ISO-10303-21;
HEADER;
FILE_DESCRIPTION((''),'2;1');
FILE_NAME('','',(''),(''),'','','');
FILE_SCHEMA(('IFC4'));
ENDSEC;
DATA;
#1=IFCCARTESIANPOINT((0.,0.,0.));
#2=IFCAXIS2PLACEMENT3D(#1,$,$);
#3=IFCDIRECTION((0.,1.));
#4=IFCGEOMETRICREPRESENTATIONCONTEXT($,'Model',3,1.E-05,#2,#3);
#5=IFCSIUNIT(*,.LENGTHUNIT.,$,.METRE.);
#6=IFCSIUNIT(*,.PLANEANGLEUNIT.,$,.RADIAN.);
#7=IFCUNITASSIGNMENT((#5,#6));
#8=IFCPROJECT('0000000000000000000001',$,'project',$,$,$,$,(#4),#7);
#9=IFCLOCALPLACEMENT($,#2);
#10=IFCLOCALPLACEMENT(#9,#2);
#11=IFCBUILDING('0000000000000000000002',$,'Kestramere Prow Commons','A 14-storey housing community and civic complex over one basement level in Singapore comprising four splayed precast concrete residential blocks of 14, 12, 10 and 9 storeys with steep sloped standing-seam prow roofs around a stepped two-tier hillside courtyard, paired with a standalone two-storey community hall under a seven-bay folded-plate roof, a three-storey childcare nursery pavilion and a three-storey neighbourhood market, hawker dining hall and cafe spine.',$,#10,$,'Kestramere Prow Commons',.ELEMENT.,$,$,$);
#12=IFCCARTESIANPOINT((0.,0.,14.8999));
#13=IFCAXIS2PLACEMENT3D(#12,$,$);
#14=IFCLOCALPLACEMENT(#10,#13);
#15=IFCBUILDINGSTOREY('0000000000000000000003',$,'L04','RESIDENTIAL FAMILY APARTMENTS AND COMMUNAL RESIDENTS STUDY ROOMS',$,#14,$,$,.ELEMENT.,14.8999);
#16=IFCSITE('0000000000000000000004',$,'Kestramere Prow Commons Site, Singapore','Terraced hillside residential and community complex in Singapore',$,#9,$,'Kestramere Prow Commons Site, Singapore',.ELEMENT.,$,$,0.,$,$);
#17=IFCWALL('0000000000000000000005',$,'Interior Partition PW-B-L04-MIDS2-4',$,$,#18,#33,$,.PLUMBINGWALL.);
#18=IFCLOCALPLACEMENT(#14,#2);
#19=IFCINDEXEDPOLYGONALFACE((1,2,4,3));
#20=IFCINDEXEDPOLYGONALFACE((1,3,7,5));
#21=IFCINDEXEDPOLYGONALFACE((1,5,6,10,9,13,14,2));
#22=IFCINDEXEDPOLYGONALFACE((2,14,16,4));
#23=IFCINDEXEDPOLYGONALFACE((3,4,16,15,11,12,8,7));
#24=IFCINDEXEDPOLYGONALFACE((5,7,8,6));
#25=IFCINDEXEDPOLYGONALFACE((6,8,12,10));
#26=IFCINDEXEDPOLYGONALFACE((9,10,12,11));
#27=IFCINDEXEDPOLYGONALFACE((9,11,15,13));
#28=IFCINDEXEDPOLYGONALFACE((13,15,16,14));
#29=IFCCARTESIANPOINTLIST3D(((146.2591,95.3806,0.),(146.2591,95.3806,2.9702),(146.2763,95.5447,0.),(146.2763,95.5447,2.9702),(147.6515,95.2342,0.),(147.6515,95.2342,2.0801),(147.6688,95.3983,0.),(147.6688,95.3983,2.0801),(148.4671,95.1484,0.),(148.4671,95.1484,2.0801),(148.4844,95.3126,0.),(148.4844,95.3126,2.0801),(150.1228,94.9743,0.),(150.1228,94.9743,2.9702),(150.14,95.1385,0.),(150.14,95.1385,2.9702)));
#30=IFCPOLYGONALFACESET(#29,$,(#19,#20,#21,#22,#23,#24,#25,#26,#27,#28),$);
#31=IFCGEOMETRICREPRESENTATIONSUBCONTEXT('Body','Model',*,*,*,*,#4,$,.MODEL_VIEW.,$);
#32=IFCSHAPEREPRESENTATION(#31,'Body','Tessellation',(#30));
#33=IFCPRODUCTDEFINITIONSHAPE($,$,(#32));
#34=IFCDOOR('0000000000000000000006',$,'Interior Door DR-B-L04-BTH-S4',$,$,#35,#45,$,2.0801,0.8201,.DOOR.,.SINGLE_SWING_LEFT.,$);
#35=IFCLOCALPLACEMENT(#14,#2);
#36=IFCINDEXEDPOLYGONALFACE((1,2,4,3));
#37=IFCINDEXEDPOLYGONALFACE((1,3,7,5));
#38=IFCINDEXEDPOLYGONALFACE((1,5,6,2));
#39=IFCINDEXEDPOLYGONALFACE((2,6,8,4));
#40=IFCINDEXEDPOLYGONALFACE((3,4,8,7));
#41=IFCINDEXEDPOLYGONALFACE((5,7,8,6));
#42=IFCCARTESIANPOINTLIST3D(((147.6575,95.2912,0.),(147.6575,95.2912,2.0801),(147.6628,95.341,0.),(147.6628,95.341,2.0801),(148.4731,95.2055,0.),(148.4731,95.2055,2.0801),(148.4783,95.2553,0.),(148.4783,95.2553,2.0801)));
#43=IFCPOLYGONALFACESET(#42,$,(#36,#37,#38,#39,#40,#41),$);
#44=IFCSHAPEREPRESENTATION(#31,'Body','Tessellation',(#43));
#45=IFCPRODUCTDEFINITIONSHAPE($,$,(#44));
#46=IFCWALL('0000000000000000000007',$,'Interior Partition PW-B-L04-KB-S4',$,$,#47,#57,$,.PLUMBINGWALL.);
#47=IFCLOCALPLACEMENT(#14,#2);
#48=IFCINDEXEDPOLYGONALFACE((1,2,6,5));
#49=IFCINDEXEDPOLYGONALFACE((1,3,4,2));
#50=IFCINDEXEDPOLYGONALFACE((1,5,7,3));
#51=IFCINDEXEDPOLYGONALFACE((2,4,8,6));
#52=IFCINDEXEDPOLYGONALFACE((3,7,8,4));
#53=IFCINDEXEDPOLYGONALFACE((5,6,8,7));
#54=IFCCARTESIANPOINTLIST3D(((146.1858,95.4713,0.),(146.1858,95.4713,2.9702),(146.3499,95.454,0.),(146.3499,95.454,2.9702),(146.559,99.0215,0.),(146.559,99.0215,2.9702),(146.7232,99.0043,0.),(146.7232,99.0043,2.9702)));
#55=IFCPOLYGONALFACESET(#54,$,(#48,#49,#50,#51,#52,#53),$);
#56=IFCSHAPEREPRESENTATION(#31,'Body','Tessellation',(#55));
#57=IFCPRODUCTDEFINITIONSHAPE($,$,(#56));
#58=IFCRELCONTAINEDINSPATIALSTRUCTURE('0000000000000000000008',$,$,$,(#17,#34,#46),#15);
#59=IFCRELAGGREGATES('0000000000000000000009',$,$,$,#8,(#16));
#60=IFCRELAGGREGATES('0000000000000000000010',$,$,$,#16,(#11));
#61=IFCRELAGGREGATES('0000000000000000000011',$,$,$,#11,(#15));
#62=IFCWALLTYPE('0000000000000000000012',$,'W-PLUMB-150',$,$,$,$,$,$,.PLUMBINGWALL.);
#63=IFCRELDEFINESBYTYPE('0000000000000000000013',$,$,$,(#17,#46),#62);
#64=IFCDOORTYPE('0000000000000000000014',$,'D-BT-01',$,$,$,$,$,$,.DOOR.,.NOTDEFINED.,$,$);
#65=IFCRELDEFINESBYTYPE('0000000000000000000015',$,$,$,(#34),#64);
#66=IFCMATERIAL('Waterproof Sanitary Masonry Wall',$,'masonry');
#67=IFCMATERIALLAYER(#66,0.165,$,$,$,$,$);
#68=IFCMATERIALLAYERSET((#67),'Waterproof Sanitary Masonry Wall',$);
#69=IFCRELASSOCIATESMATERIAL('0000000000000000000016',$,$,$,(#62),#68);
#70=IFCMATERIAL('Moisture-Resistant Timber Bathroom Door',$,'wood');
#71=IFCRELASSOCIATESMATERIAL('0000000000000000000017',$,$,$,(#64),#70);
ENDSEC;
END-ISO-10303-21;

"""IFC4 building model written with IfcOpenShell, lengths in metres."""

from ifc_helpers import new_model, si_unit, direction, frame, frame_2d, origin, place, context, subcontext, project, spatial, rectangle, extrude, material, layer, layer_set, type_object, element, fill, save


model = new_model("IFC4")

# Units and contexts
model_context = context("Model", 3, precision=1e-05, world=origin(), true_north=direction((0.0, 1.0)))
body_context = subcontext(model_context, "Body", "Model", "MODEL_VIEW")
ifc_project = project(units=[si_unit("LENGTHUNIT", "METRE"), si_unit("PLANEANGLEUNIT", "RADIAN")], contexts=[model_context])

# Site, building, storey
site_placement = place(None, origin())
site = spatial("IfcSite", under=ifc_project, at=site_placement, Name="Kestramere Prow Commons Site, Singapore", Description="Terraced hillside residential and community complex in Singapore", LongName="Kestramere Prow Commons Site, Singapore", CompositionType="ELEMENT", RefElevation=0.0)
building_placement = place(site_placement, origin())
building = spatial("IfcBuilding", under=site, at=building_placement, Name="Kestramere Prow Commons", Description="A 14-storey housing community and civic complex over one basement level in Singapore comprising four splayed precast concrete residential blocks of 14, 12, 10 and 9 storeys with steep sloped standing-seam prow roofs around a stepped two-tier hillside courtyard, paired with a standalone two-storey community hall under a seven-bay folded-plate roof, a three-storey childcare nursery pavilion and a three-storey neighbourhood market, hawker dining hall and cafe spine.", LongName="Kestramere Prow Commons", CompositionType="ELEMENT")
storey_placement = place(building_placement, frame((0.0, 0.0, 14.8999)))
storey = spatial("IfcBuildingStorey", under=building, at=storey_placement, Name="L04", Description="RESIDENTIAL FAMILY APARTMENTS AND COMMUNAL RESIDENTS STUDY ROOMS", CompositionType="ELEMENT", Elevation=14.8999)

# Shared definitions
ifc_material_1 = material(Name="Waterproof Sanitary Masonry Wall", Category="masonry")
ifc_layer_1 = layer(ifc_material_1, 0.165)
ifc_layer_set_1 = layer_set([ifc_layer_1], Name="Waterproof Sanitary Masonry Wall")
wall_type_1 = type_object("IfcWallType", Name="W-PLUMB-150", PredefinedType="PLUMBINGWALL", material=ifc_layer_set_1)
ifc_material_2 = material(Name="Moisture-Resistant Timber Bathroom Door", Category="wood")
door_type_1 = type_object("IfcDoorType", Name="D-BT-01", OperationType="NOTDEFINED", PredefinedType="DOOR", material=ifc_material_2)

# Wall, opening, door
wall_1_placement = place(storey_placement, frame((146.2678, 95.4626, 0.0), z_axis=(0.0, 0.0, 1.0), x_axis=(0.994518, -0.104567, 0.0)))
wall_1 = element("IfcWall", 1, at=wall_1_placement, inside=storey, type_object=wall_type_1, Name="Interior Partition PW-B-L04-MIDS2-4", PredefinedType="PLUMBINGWALL", context=body_context, shape_type="SweptSolid", body=[
    extrude(rectangle(XDim=3.885, YDim=0.165, at=frame_2d((1.9424, 0.0))), origin(), (0.0, 0.0, 1.0), 2.9702),
])
opening_1_placement = place(wall_1_placement, frame((1.3999, 0.0, 0.0)))
opening_1 = element("IfcOpeningElement", 2, at=opening_1_placement, cuts=wall_1, PredefinedType="OPENING", context=body_context, shape_type="SweptSolid", body=[
    extrude(rectangle(XDim=0.8201, YDim=2.0801, at=frame_2d((0.4102, 1.04))), frame((0.0, 0.0974, 0.0), z_axis=(0.0, -1.0, 0.0), x_axis=(1.0, 0.0, 0.0)), (0.0, 0.0, 1.0), 0.1951),
])
door_1_placement = place(opening_1_placement, origin())
door_1 = element("IfcDoor", 3, at=door_1_placement, inside=storey, type_object=door_type_1, Name="Interior Door DR-B-L04-BTH-S4", OperationType="SINGLE_SWING_LEFT", OverallHeight=2.0801, OverallWidth=0.8201, PredefinedType="DOOR", context=body_context, shape_type="SweptSolid", body=[
    extrude(rectangle(XDim=0.8201, YDim=2.0801, at=frame_2d((0.4102, 1.04))), frame((0.0, 0.0249, 0.0), z_axis=(0.0, -1.0, 0.0), x_axis=(1.0, 0.0, 0.0)), (0.0, 0.0, 1.0), 0.05),
])
fill(opening_1, door_1)

# Wall
wall_2_placement = place(storey_placement, frame((146.2678, 95.4626, 0.0), z_axis=(0.0, 0.0, 1.0), x_axis=(0.104567, 0.994518, 0.0)))
element("IfcWall", 4, at=wall_2_placement, inside=storey, type_object=wall_type_1, Name="Interior Partition PW-B-L04-KB-S4", PredefinedType="PLUMBINGWALL", context=body_context, shape_type="SweptSolid", body=[
    extrude(rectangle(XDim=3.5698, YDim=0.165, at=frame_2d((1.7849, 0.0))), origin(), (0.0, 0.0, 1.0), 2.9702),
])

save(model, "model.ifc")
